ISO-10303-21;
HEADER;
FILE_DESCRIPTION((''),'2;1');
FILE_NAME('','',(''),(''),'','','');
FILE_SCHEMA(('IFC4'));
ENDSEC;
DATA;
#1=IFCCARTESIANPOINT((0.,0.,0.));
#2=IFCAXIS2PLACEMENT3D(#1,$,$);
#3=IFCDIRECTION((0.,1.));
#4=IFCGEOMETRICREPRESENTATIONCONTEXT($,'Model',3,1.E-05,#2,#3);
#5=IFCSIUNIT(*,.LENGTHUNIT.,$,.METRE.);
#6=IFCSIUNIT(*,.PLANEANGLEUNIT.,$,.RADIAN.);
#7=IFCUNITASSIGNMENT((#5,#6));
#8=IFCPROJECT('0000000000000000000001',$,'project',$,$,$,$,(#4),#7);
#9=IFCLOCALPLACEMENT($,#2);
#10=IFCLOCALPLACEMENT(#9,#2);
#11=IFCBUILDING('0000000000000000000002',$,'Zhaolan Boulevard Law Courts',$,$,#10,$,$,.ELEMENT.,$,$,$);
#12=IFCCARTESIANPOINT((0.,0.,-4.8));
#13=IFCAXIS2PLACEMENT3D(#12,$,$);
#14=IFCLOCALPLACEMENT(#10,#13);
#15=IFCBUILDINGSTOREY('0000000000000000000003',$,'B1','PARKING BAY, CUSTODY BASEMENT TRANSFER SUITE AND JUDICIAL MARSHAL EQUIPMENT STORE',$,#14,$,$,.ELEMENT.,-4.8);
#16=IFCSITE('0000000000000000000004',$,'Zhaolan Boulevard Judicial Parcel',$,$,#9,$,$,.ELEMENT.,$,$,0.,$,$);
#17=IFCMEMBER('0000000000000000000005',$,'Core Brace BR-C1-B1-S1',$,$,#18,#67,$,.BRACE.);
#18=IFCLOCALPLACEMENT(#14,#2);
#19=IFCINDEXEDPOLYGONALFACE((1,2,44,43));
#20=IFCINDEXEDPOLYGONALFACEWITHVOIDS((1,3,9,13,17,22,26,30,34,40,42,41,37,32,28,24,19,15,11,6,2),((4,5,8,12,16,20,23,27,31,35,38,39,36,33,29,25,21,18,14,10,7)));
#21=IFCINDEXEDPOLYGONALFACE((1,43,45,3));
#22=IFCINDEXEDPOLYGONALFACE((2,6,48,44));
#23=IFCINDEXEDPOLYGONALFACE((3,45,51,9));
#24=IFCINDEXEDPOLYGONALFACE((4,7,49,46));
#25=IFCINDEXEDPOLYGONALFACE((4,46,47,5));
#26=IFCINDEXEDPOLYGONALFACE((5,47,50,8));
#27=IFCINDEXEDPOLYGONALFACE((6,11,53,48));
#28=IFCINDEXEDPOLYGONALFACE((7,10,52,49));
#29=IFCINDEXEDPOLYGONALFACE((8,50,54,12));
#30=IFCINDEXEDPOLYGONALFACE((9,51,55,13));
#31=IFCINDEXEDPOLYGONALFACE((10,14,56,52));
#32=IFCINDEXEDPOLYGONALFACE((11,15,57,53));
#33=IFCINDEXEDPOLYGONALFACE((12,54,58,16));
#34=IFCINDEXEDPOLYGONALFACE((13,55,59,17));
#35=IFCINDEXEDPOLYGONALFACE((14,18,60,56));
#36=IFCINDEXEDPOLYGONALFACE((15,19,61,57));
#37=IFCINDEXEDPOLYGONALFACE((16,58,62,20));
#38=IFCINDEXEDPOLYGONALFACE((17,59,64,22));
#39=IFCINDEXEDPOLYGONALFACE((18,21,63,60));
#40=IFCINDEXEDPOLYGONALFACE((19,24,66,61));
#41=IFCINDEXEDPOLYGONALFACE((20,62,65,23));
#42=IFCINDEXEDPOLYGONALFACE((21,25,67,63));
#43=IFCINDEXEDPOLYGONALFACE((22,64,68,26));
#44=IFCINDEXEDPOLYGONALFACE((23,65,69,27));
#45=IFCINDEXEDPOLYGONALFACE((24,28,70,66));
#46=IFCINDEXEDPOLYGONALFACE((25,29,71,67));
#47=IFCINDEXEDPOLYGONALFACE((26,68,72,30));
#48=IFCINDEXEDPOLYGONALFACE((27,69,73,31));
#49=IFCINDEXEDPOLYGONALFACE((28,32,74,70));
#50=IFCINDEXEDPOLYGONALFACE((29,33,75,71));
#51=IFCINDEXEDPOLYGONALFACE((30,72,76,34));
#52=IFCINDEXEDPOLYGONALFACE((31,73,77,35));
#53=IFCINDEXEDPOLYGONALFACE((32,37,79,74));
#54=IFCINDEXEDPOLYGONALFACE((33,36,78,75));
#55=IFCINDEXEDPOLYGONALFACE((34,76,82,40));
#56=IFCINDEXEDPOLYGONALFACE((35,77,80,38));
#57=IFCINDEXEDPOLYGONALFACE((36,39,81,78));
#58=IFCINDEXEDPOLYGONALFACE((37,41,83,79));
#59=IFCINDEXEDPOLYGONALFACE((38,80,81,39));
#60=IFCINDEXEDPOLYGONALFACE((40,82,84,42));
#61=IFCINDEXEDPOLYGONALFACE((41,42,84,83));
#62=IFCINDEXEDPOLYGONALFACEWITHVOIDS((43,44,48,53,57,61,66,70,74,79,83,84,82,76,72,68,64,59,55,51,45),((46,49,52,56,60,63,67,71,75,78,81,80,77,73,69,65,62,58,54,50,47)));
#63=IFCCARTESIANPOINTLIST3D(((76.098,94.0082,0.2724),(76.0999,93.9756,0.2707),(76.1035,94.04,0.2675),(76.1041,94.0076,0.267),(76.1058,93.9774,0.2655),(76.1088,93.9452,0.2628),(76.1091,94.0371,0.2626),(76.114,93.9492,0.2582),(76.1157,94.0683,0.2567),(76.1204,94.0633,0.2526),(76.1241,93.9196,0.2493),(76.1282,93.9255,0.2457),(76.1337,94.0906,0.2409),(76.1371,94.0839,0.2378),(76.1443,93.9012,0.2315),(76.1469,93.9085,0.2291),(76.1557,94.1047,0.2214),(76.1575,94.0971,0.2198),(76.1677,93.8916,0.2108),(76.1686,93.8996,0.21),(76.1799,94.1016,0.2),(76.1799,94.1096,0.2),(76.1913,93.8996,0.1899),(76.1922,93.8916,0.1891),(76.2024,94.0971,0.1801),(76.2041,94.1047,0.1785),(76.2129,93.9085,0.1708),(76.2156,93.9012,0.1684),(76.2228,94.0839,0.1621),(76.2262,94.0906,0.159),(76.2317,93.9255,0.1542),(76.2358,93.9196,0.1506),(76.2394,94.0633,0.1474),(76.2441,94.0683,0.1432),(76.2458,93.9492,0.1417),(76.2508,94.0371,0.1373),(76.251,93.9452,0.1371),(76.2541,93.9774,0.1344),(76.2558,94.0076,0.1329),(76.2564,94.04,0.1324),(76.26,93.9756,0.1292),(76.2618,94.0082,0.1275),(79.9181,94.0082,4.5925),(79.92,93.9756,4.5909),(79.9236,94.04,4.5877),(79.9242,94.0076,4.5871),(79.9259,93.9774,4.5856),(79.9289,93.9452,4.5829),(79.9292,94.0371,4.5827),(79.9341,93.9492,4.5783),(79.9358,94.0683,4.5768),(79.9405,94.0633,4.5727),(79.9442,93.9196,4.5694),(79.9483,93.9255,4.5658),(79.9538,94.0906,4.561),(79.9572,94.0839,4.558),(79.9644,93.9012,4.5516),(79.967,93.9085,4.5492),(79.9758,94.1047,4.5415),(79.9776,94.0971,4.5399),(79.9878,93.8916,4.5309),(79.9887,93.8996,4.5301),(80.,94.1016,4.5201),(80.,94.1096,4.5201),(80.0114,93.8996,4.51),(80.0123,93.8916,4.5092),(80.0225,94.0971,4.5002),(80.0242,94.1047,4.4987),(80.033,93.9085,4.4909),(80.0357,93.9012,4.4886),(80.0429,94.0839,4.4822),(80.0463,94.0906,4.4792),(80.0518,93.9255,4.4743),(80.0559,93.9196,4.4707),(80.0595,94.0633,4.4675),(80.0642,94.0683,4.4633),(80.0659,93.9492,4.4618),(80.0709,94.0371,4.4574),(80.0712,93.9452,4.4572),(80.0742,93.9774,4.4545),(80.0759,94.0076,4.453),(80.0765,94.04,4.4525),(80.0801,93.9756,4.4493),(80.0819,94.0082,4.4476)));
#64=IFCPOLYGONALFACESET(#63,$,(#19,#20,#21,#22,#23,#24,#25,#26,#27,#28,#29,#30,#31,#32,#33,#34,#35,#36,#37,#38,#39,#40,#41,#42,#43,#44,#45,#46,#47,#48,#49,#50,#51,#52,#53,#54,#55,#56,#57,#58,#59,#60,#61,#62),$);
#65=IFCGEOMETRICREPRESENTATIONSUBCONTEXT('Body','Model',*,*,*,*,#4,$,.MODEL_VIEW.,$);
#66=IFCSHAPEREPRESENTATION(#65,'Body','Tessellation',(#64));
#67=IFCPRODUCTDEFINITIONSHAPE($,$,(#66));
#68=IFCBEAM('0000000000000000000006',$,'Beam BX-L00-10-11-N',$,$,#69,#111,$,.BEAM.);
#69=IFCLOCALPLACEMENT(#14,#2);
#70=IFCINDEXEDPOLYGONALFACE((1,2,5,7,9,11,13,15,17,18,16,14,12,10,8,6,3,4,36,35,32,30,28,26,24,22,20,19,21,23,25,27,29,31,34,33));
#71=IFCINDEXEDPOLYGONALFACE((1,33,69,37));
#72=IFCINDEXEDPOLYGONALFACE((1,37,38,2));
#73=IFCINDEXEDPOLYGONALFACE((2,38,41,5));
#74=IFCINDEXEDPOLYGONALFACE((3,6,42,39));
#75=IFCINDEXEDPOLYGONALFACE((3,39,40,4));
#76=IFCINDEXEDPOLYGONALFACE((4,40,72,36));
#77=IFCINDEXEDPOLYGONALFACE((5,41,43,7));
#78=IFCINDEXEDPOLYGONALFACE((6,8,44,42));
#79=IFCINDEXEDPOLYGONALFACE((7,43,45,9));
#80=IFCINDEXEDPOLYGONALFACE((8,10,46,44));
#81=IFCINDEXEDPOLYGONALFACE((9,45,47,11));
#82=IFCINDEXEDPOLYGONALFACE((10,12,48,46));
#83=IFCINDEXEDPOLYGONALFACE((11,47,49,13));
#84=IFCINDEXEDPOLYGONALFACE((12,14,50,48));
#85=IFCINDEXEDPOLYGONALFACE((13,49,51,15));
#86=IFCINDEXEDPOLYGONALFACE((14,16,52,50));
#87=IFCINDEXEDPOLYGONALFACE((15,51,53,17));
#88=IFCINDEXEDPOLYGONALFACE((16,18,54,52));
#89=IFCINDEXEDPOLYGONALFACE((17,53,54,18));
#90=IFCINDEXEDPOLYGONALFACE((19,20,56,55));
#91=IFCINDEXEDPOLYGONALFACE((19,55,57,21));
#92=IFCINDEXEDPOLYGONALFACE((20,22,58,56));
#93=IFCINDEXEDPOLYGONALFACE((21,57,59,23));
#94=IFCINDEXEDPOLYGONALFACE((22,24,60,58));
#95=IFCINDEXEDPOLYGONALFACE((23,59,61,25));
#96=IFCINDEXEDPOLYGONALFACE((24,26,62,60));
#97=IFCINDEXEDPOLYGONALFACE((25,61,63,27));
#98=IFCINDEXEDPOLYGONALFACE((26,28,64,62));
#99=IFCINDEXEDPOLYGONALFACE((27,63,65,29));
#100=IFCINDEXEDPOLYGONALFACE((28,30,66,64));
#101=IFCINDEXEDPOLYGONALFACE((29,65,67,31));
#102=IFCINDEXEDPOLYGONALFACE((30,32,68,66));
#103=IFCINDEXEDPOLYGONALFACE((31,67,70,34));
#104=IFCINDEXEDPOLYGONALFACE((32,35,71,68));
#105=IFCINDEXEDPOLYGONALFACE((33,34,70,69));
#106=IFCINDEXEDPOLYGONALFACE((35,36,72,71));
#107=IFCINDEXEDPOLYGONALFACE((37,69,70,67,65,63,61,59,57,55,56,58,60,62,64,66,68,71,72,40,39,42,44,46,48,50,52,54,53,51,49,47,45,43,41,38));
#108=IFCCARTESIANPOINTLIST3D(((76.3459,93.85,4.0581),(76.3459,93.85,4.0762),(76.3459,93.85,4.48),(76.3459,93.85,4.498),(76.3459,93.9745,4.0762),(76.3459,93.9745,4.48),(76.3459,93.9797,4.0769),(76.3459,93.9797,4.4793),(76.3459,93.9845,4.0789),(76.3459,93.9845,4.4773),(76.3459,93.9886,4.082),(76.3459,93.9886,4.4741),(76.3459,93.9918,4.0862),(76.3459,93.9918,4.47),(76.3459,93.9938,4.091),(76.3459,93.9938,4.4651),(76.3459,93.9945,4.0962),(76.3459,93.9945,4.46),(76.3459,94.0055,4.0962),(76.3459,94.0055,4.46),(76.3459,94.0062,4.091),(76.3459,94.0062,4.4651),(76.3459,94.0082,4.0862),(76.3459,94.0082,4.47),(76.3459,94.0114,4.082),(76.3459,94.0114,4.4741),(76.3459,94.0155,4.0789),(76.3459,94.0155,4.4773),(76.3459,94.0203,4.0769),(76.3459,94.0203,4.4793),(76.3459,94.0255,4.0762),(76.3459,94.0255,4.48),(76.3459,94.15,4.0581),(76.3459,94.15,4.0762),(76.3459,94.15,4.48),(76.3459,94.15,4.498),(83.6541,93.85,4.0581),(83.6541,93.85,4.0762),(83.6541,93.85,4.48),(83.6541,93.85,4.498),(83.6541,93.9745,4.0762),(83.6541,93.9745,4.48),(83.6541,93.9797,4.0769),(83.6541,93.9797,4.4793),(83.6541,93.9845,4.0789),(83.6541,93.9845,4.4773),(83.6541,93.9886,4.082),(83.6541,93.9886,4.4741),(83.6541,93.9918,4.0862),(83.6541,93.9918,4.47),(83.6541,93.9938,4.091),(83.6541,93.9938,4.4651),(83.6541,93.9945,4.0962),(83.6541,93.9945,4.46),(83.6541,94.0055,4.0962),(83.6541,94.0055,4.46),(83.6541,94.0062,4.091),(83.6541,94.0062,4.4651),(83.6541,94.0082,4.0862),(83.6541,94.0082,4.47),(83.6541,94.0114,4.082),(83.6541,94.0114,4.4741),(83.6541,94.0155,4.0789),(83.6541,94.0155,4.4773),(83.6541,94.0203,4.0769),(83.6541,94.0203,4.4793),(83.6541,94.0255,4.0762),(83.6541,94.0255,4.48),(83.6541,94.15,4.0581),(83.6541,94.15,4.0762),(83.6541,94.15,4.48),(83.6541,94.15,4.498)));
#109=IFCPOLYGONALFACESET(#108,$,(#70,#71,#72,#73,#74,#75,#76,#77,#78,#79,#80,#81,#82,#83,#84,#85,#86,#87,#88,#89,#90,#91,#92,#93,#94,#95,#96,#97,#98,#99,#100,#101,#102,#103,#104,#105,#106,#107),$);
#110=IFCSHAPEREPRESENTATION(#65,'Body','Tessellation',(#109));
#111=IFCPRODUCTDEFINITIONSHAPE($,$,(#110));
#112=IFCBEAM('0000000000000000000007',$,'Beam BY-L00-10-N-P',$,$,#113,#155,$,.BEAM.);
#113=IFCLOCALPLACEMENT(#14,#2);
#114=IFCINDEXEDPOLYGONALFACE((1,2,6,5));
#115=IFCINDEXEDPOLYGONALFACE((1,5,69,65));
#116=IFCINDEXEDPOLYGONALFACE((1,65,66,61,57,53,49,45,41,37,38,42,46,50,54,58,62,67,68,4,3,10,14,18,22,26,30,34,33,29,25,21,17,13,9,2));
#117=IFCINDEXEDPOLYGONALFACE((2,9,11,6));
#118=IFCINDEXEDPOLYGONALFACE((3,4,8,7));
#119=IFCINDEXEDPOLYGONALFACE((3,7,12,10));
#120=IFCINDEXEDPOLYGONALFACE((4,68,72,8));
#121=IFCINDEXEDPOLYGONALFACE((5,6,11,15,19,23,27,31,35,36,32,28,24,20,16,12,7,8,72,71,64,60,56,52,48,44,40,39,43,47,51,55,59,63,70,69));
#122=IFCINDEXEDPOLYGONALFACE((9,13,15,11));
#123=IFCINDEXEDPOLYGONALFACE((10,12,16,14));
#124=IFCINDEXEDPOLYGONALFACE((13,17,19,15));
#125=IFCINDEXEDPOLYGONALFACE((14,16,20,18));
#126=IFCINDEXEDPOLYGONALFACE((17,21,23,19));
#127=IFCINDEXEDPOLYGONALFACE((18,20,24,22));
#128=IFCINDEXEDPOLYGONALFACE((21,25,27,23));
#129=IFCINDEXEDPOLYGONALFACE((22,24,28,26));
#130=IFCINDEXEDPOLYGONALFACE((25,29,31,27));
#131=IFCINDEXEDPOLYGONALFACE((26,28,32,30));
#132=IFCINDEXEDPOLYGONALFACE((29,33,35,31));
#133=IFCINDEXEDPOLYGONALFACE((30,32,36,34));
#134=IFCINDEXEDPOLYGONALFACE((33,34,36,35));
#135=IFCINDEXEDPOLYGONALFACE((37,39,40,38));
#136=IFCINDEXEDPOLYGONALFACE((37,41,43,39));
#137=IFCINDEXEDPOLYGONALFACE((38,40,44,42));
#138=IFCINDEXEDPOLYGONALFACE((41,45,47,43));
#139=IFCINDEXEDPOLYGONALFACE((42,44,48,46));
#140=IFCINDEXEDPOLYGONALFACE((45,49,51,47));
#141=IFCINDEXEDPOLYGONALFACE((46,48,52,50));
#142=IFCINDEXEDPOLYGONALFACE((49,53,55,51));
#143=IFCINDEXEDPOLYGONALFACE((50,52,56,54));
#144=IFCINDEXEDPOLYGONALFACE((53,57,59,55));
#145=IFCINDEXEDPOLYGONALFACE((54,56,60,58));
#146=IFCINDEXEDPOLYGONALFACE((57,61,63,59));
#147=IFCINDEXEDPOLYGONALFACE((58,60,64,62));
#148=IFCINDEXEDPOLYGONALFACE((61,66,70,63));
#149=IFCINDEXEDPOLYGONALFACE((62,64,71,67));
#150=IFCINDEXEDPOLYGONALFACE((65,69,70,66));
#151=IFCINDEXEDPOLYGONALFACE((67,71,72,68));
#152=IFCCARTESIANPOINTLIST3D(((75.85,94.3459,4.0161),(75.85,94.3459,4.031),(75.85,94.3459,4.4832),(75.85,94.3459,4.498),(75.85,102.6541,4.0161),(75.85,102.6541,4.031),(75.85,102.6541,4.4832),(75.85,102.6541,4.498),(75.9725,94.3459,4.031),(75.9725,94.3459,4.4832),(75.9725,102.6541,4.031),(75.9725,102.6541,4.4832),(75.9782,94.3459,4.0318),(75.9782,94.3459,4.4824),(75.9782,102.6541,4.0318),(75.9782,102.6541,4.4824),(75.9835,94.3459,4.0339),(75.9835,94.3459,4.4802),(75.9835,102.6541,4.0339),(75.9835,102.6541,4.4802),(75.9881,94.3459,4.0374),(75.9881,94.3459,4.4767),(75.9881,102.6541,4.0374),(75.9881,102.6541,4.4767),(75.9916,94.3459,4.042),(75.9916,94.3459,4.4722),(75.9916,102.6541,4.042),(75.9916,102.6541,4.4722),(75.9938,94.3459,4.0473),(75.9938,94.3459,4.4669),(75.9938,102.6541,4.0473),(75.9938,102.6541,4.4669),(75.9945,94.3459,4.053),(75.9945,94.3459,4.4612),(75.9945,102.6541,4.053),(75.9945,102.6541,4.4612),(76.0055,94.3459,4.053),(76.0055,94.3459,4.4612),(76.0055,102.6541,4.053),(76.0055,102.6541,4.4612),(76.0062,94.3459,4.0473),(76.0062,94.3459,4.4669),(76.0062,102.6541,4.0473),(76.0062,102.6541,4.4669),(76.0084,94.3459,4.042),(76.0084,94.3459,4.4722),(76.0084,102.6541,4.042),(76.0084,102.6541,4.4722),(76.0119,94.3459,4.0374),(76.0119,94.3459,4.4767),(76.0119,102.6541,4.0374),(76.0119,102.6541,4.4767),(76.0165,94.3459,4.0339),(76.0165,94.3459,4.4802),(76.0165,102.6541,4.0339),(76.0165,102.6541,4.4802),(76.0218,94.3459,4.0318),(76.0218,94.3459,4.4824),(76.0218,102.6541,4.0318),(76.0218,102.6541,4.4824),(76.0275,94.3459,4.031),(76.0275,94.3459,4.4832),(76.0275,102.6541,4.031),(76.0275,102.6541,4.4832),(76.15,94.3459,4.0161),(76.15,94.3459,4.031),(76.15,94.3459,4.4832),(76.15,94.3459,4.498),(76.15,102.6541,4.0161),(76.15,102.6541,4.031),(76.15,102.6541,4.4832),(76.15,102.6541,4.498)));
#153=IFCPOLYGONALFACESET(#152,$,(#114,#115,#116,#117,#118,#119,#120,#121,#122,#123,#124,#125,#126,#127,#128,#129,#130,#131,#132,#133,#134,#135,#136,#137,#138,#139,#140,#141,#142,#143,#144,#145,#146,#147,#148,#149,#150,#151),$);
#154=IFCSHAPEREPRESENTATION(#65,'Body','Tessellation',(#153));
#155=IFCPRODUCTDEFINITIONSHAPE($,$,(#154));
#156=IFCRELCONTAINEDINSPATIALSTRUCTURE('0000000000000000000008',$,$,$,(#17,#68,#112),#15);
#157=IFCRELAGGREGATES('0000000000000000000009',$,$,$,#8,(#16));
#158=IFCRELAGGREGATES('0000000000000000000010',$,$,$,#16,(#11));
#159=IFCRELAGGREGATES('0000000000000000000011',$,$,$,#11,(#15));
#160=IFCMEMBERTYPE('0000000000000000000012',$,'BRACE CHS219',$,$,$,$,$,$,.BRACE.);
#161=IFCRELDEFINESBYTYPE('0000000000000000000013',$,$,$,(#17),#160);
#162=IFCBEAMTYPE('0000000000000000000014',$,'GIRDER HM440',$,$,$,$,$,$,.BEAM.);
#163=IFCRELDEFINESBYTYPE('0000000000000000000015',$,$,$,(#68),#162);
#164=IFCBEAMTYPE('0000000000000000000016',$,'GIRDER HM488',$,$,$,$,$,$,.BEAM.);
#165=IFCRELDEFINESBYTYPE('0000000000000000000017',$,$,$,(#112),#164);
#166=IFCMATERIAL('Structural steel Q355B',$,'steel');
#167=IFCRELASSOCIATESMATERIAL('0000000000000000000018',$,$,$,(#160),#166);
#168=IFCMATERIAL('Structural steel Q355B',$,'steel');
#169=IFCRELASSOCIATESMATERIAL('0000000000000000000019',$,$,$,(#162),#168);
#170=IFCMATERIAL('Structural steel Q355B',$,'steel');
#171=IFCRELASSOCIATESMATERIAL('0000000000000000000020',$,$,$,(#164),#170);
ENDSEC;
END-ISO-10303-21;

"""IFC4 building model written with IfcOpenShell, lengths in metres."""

from ifc_helpers import new_model, si_unit, direction, frame, origin, origin_2d, place, context, subcontext, project, spatial, hollow_circle, i_section, extrude, material, material_profile, profile_set, type_object, element, save


model = new_model("IFC4")

# Units and contexts
model_context = context("Model", 3, precision=1e-05, world=origin(), true_north=direction((0.0, 1.0)))
body_context = subcontext(model_context, "Body", "Model", "MODEL_VIEW")
ifc_project = project(units=[si_unit("LENGTHUNIT", "METRE"), si_unit("PLANEANGLEUNIT", "RADIAN")], contexts=[model_context])

# Site, building, storey
site_placement = place(None, origin())
site = spatial("IfcSite", under=ifc_project, at=site_placement, Name="Zhaolan Boulevard Judicial Parcel", CompositionType="ELEMENT", RefElevation=0.0)
building_placement = place(site_placement, origin())
building = spatial("IfcBuilding", under=site, at=building_placement, Name="Zhaolan Boulevard Law Courts", CompositionType="ELEMENT")
storey_placement = place(building_placement, frame((0.0, 0.0, -4.8)))
storey = spatial("IfcBuildingStorey", under=building, at=storey_placement, Name="B1", Description="PARKING BAY, CUSTODY BASEMENT TRANSFER SUITE AND JUDICIAL MARSHAL EQUIPMENT STORE", CompositionType="ELEMENT", Elevation=-4.8)

# Member
ifc_material_1 = material(Name="Structural steel Q355B", Category="steel")
ifc_material_profile_1 = material_profile(ifc_material_1, hollow_circle(Radius=0.1096, WallThickness=0.0081, at=origin_2d()), Name="CHS219x8")
ifc_profile_set_1 = profile_set([ifc_material_profile_1], Name="Structural steel Q355B")
member_type = type_object("IfcMemberType", Name="BRACE CHS219", PredefinedType="BRACE", material=ifc_profile_set_1)
member_placement = place(storey_placement, frame((76.1799, 94.0, 0.2), z_axis=(0.662425, 0.0, 0.749128), x_axis=(0.0, 1.0, 0.0)))
element("IfcMember", 1, at=member_placement, inside=storey, type_object=member_type, Name="Core Brace BR-C1-B1-S1", PredefinedType="BRACE", context=body_context, shape_type="SweptSolid", body=[
    extrude(hollow_circle(Radius=0.1096, WallThickness=0.0081, at=origin_2d()), origin(), (0.0, 0.0, 1.0), 5.7668),
])

# Beams
ifc_material_2 = material(Name="Structural steel Q355B", Category="steel")
ifc_material_profile_2 = material_profile(ifc_material_2, i_section(OverallWidth=0.3, OverallDepth=0.4399, WebThickness=0.011, FlangeThickness=0.0181, FilletRadius=0.02, at=origin_2d()), Name="HM440x300")
ifc_profile_set_2 = profile_set([ifc_material_profile_2], Name="Structural steel Q355B")
beam_type_1 = type_object("IfcBeamType", Name="GIRDER HM440", PredefinedType="BEAM", material=ifc_profile_set_2)
beam_1_placement = place(storey_placement, frame((76.3459, 94.0, 4.2781), z_axis=(1.0, 0.0, 0.0), x_axis=(0.0, 1.0, 0.0)))
element("IfcBeam", 2, at=beam_1_placement, inside=storey, type_object=beam_type_1, Name="Beam BX-L00-10-11-N", PredefinedType="BEAM", context=body_context, shape_type="SweptSolid", body=[
    extrude(i_section(OverallWidth=0.3, OverallDepth=0.4399, WebThickness=0.011, FlangeThickness=0.0181, FilletRadius=0.02, at=origin_2d()), origin(), (0.0, 0.0, 1.0), 7.3081),
])
ifc_material_3 = material(Name="Structural steel Q355B", Category="steel")
ifc_material_profile_3 = material_profile(ifc_material_3, i_section(OverallWidth=0.3, OverallDepth=0.4819, WebThickness=0.011, FlangeThickness=0.0149, FilletRadius=0.022, at=origin_2d()), Name="HM482x300")
ifc_profile_set_3 = profile_set([ifc_material_profile_3], Name="Structural steel Q355B")
beam_type_2 = type_object("IfcBeamType", Name="GIRDER HM488", PredefinedType="BEAM", material=ifc_profile_set_3)
beam_2_placement = place(storey_placement, frame((76.0, 94.3459, 4.2571), z_axis=(0.0, 1.0, 0.0), x_axis=(-1.0, 0.0, 0.0)))
element("IfcBeam", 3, at=beam_2_placement, inside=storey, type_object=beam_type_2, Name="Beam BY-L00-10-N-P", PredefinedType="BEAM", context=body_context, shape_type="SweptSolid", body=[
    extrude(i_section(OverallWidth=0.3, OverallDepth=0.4819, WebThickness=0.011, FlangeThickness=0.0149, FilletRadius=0.022, at=origin_2d()), origin(), (0.0, 0.0, 1.0), 8.3081),
])

save(model, "model.ifc")
